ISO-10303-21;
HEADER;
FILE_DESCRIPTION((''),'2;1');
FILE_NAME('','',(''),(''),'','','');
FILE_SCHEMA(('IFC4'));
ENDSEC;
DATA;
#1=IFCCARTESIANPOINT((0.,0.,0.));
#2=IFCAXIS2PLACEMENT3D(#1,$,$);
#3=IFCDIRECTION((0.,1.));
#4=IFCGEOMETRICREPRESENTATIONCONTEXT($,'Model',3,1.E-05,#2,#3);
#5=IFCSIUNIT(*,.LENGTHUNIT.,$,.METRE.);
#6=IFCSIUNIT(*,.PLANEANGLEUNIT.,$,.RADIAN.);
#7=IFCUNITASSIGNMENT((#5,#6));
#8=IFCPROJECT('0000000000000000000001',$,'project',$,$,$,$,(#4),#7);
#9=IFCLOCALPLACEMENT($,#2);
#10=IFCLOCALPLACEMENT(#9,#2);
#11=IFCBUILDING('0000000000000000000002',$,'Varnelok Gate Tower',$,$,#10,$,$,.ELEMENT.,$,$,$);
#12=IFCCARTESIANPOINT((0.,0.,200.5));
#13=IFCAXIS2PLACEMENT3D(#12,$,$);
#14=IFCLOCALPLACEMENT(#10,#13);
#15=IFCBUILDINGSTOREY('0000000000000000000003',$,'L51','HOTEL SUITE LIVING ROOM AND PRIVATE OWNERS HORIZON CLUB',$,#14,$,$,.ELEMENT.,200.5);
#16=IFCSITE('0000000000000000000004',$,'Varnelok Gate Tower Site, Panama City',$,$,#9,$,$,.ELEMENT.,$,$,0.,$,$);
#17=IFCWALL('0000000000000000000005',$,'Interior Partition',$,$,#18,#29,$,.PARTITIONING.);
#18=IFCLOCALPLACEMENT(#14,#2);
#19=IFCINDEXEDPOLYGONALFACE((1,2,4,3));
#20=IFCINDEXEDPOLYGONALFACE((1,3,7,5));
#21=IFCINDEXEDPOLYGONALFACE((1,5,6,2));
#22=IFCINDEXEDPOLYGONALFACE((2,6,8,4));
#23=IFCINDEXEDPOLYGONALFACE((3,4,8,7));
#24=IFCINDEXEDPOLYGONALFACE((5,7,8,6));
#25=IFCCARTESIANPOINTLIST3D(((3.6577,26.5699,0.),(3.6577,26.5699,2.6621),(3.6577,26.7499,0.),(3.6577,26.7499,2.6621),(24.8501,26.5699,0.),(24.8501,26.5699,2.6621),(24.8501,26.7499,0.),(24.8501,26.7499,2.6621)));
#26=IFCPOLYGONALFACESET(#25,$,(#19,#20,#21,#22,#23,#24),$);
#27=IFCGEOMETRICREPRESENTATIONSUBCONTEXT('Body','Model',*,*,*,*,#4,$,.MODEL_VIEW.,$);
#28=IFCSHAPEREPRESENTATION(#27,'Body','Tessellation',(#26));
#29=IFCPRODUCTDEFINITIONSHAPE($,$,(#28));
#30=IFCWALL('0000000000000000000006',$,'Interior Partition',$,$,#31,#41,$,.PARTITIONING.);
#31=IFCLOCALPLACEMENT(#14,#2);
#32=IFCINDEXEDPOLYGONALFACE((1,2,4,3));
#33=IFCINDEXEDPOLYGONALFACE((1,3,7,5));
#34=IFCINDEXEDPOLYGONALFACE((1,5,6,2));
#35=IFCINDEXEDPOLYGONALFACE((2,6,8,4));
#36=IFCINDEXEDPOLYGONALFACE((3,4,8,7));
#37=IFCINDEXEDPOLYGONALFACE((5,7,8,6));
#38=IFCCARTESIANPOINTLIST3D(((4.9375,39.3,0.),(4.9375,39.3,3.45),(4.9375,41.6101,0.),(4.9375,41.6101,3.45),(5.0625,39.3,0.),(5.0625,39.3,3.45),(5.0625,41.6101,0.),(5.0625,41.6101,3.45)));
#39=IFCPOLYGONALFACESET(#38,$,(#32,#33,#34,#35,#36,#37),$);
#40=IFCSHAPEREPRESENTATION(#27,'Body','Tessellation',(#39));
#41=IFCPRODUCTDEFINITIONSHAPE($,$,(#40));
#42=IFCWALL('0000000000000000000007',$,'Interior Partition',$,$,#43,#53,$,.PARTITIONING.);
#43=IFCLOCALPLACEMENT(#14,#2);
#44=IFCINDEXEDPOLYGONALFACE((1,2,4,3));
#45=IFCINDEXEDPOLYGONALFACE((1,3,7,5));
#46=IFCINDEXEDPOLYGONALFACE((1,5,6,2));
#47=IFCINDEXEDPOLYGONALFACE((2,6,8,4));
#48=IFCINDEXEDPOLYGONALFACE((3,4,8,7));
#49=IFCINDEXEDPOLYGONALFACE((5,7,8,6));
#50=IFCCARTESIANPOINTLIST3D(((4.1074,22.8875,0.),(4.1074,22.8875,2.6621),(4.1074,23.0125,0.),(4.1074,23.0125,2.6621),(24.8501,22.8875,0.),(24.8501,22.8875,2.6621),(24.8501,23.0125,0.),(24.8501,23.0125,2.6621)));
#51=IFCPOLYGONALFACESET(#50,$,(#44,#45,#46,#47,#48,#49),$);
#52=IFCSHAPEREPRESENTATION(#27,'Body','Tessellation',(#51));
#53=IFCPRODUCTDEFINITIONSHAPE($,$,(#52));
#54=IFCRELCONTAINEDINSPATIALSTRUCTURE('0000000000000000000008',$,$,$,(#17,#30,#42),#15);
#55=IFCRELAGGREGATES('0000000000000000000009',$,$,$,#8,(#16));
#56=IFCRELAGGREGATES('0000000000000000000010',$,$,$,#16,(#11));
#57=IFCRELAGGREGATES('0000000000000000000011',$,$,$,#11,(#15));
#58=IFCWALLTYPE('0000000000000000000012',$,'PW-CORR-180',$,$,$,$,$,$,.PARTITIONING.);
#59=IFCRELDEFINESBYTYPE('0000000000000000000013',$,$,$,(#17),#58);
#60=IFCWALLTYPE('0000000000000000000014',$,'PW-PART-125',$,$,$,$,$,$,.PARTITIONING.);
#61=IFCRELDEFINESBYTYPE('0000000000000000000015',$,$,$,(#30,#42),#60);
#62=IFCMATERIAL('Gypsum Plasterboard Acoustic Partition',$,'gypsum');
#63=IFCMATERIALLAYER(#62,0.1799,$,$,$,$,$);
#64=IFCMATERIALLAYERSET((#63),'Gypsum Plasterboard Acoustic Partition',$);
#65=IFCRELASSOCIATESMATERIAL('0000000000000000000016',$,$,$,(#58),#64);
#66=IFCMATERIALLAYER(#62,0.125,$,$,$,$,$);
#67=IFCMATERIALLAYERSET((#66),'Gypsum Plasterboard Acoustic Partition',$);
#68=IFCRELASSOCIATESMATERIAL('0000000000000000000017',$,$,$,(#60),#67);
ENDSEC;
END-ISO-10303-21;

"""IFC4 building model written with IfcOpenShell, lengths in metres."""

from ifc_helpers import new_model, si_unit, direction, frame, frame_2d, origin, place, context, subcontext, project, spatial, rectangle, extrude, material, layer, layer_set, type_object, element, save


model = new_model("IFC4")

# Units and contexts
model_context = context("Model", 3, precision=1e-05, world=origin(), true_north=direction((0.0, 1.0)))
body_context = subcontext(model_context, "Body", "Model", "MODEL_VIEW")
ifc_project = project(units=[si_unit("LENGTHUNIT", "METRE"), si_unit("PLANEANGLEUNIT", "RADIAN")], contexts=[model_context])

# Site, building, storey
site_placement = place(None, origin())
site = spatial("IfcSite", under=ifc_project, at=site_placement, Name="Varnelok Gate Tower Site, Panama City", CompositionType="ELEMENT", RefElevation=0.0)
building_placement = place(site_placement, origin())
building = spatial("IfcBuilding", under=site, at=building_placement, Name="Varnelok Gate Tower", CompositionType="ELEMENT")
storey_placement = place(building_placement, frame((0.0, 0.0, 200.5)))
storey = spatial("IfcBuildingStorey", under=building, at=storey_placement, Name="L51", Description="HOTEL SUITE LIVING ROOM AND PRIVATE OWNERS HORIZON CLUB", CompositionType="ELEMENT", Elevation=200.5)

# Walls
ifc_material_1 = material(Name="Gypsum Plasterboard Acoustic Partition", Category="gypsum")
ifc_layer_1 = layer(ifc_material_1, 0.1799)
ifc_layer_set_1 = layer_set([ifc_layer_1], Name="Gypsum Plasterboard Acoustic Partition")
wall_type_1 = type_object("IfcWallType", Name="PW-CORR-180", PredefinedType="PARTITIONING", material=ifc_layer_set_1)
wall_1_placement = place(storey_placement, frame((3.6577, 26.6599, 0.0), z_axis=(0.0, 0.0, 1.0), x_axis=(1.0, 0.0, 0.0)))
element("IfcWall", 1, at=wall_1_placement, inside=storey, type_object=wall_type_1, Name="Interior Partition", PredefinedType="PARTITIONING", context=body_context, shape_type="SweptSolid", body=[
    extrude(rectangle(XDim=21.1924, YDim=0.1799, at=frame_2d((10.5962, 0.0))), origin(), (0.0, 0.0, 1.0), 2.6621),
])
ifc_layer_2 = layer(ifc_material_1, 0.125)
ifc_layer_set_2 = layer_set([ifc_layer_2], Name="Gypsum Plasterboard Acoustic Partition")
wall_type_2 = type_object("IfcWallType", Name="PW-PART-125", PredefinedType="PARTITIONING", material=ifc_layer_set_2)
wall_2_placement = place(storey_placement, frame((5.0, 39.3, 0.0), z_axis=(0.0, 0.0, 1.0), x_axis=(0.0, 1.0, 0.0)))
element("IfcWall", 2, at=wall_2_placement, inside=storey, type_object=wall_type_2, Name="Interior Partition", PredefinedType="PARTITIONING", context=body_context, shape_type="SweptSolid", body=[
    extrude(rectangle(XDim=2.3101, YDim=0.125, at=frame_2d((1.155, 0.0))), origin(), (0.0, 0.0, 1.0), 3.45),
])
wall_3_placement = place(storey_placement, frame((4.1074, 22.95, 0.0), z_axis=(0.0, 0.0, 1.0), x_axis=(1.0, 0.0, 0.0)))
element("IfcWall", 3, at=wall_3_placement, inside=storey, type_object=wall_type_2, Name="Interior Partition", PredefinedType="PARTITIONING", context=body_context, shape_type="SweptSolid", body=[
    extrude(rectangle(XDim=20.7427, YDim=0.125, at=frame_2d((10.3713, 0.0))), origin(), (0.0, 0.0, 1.0), 2.6621),
])

save(model, "model.ifc")
